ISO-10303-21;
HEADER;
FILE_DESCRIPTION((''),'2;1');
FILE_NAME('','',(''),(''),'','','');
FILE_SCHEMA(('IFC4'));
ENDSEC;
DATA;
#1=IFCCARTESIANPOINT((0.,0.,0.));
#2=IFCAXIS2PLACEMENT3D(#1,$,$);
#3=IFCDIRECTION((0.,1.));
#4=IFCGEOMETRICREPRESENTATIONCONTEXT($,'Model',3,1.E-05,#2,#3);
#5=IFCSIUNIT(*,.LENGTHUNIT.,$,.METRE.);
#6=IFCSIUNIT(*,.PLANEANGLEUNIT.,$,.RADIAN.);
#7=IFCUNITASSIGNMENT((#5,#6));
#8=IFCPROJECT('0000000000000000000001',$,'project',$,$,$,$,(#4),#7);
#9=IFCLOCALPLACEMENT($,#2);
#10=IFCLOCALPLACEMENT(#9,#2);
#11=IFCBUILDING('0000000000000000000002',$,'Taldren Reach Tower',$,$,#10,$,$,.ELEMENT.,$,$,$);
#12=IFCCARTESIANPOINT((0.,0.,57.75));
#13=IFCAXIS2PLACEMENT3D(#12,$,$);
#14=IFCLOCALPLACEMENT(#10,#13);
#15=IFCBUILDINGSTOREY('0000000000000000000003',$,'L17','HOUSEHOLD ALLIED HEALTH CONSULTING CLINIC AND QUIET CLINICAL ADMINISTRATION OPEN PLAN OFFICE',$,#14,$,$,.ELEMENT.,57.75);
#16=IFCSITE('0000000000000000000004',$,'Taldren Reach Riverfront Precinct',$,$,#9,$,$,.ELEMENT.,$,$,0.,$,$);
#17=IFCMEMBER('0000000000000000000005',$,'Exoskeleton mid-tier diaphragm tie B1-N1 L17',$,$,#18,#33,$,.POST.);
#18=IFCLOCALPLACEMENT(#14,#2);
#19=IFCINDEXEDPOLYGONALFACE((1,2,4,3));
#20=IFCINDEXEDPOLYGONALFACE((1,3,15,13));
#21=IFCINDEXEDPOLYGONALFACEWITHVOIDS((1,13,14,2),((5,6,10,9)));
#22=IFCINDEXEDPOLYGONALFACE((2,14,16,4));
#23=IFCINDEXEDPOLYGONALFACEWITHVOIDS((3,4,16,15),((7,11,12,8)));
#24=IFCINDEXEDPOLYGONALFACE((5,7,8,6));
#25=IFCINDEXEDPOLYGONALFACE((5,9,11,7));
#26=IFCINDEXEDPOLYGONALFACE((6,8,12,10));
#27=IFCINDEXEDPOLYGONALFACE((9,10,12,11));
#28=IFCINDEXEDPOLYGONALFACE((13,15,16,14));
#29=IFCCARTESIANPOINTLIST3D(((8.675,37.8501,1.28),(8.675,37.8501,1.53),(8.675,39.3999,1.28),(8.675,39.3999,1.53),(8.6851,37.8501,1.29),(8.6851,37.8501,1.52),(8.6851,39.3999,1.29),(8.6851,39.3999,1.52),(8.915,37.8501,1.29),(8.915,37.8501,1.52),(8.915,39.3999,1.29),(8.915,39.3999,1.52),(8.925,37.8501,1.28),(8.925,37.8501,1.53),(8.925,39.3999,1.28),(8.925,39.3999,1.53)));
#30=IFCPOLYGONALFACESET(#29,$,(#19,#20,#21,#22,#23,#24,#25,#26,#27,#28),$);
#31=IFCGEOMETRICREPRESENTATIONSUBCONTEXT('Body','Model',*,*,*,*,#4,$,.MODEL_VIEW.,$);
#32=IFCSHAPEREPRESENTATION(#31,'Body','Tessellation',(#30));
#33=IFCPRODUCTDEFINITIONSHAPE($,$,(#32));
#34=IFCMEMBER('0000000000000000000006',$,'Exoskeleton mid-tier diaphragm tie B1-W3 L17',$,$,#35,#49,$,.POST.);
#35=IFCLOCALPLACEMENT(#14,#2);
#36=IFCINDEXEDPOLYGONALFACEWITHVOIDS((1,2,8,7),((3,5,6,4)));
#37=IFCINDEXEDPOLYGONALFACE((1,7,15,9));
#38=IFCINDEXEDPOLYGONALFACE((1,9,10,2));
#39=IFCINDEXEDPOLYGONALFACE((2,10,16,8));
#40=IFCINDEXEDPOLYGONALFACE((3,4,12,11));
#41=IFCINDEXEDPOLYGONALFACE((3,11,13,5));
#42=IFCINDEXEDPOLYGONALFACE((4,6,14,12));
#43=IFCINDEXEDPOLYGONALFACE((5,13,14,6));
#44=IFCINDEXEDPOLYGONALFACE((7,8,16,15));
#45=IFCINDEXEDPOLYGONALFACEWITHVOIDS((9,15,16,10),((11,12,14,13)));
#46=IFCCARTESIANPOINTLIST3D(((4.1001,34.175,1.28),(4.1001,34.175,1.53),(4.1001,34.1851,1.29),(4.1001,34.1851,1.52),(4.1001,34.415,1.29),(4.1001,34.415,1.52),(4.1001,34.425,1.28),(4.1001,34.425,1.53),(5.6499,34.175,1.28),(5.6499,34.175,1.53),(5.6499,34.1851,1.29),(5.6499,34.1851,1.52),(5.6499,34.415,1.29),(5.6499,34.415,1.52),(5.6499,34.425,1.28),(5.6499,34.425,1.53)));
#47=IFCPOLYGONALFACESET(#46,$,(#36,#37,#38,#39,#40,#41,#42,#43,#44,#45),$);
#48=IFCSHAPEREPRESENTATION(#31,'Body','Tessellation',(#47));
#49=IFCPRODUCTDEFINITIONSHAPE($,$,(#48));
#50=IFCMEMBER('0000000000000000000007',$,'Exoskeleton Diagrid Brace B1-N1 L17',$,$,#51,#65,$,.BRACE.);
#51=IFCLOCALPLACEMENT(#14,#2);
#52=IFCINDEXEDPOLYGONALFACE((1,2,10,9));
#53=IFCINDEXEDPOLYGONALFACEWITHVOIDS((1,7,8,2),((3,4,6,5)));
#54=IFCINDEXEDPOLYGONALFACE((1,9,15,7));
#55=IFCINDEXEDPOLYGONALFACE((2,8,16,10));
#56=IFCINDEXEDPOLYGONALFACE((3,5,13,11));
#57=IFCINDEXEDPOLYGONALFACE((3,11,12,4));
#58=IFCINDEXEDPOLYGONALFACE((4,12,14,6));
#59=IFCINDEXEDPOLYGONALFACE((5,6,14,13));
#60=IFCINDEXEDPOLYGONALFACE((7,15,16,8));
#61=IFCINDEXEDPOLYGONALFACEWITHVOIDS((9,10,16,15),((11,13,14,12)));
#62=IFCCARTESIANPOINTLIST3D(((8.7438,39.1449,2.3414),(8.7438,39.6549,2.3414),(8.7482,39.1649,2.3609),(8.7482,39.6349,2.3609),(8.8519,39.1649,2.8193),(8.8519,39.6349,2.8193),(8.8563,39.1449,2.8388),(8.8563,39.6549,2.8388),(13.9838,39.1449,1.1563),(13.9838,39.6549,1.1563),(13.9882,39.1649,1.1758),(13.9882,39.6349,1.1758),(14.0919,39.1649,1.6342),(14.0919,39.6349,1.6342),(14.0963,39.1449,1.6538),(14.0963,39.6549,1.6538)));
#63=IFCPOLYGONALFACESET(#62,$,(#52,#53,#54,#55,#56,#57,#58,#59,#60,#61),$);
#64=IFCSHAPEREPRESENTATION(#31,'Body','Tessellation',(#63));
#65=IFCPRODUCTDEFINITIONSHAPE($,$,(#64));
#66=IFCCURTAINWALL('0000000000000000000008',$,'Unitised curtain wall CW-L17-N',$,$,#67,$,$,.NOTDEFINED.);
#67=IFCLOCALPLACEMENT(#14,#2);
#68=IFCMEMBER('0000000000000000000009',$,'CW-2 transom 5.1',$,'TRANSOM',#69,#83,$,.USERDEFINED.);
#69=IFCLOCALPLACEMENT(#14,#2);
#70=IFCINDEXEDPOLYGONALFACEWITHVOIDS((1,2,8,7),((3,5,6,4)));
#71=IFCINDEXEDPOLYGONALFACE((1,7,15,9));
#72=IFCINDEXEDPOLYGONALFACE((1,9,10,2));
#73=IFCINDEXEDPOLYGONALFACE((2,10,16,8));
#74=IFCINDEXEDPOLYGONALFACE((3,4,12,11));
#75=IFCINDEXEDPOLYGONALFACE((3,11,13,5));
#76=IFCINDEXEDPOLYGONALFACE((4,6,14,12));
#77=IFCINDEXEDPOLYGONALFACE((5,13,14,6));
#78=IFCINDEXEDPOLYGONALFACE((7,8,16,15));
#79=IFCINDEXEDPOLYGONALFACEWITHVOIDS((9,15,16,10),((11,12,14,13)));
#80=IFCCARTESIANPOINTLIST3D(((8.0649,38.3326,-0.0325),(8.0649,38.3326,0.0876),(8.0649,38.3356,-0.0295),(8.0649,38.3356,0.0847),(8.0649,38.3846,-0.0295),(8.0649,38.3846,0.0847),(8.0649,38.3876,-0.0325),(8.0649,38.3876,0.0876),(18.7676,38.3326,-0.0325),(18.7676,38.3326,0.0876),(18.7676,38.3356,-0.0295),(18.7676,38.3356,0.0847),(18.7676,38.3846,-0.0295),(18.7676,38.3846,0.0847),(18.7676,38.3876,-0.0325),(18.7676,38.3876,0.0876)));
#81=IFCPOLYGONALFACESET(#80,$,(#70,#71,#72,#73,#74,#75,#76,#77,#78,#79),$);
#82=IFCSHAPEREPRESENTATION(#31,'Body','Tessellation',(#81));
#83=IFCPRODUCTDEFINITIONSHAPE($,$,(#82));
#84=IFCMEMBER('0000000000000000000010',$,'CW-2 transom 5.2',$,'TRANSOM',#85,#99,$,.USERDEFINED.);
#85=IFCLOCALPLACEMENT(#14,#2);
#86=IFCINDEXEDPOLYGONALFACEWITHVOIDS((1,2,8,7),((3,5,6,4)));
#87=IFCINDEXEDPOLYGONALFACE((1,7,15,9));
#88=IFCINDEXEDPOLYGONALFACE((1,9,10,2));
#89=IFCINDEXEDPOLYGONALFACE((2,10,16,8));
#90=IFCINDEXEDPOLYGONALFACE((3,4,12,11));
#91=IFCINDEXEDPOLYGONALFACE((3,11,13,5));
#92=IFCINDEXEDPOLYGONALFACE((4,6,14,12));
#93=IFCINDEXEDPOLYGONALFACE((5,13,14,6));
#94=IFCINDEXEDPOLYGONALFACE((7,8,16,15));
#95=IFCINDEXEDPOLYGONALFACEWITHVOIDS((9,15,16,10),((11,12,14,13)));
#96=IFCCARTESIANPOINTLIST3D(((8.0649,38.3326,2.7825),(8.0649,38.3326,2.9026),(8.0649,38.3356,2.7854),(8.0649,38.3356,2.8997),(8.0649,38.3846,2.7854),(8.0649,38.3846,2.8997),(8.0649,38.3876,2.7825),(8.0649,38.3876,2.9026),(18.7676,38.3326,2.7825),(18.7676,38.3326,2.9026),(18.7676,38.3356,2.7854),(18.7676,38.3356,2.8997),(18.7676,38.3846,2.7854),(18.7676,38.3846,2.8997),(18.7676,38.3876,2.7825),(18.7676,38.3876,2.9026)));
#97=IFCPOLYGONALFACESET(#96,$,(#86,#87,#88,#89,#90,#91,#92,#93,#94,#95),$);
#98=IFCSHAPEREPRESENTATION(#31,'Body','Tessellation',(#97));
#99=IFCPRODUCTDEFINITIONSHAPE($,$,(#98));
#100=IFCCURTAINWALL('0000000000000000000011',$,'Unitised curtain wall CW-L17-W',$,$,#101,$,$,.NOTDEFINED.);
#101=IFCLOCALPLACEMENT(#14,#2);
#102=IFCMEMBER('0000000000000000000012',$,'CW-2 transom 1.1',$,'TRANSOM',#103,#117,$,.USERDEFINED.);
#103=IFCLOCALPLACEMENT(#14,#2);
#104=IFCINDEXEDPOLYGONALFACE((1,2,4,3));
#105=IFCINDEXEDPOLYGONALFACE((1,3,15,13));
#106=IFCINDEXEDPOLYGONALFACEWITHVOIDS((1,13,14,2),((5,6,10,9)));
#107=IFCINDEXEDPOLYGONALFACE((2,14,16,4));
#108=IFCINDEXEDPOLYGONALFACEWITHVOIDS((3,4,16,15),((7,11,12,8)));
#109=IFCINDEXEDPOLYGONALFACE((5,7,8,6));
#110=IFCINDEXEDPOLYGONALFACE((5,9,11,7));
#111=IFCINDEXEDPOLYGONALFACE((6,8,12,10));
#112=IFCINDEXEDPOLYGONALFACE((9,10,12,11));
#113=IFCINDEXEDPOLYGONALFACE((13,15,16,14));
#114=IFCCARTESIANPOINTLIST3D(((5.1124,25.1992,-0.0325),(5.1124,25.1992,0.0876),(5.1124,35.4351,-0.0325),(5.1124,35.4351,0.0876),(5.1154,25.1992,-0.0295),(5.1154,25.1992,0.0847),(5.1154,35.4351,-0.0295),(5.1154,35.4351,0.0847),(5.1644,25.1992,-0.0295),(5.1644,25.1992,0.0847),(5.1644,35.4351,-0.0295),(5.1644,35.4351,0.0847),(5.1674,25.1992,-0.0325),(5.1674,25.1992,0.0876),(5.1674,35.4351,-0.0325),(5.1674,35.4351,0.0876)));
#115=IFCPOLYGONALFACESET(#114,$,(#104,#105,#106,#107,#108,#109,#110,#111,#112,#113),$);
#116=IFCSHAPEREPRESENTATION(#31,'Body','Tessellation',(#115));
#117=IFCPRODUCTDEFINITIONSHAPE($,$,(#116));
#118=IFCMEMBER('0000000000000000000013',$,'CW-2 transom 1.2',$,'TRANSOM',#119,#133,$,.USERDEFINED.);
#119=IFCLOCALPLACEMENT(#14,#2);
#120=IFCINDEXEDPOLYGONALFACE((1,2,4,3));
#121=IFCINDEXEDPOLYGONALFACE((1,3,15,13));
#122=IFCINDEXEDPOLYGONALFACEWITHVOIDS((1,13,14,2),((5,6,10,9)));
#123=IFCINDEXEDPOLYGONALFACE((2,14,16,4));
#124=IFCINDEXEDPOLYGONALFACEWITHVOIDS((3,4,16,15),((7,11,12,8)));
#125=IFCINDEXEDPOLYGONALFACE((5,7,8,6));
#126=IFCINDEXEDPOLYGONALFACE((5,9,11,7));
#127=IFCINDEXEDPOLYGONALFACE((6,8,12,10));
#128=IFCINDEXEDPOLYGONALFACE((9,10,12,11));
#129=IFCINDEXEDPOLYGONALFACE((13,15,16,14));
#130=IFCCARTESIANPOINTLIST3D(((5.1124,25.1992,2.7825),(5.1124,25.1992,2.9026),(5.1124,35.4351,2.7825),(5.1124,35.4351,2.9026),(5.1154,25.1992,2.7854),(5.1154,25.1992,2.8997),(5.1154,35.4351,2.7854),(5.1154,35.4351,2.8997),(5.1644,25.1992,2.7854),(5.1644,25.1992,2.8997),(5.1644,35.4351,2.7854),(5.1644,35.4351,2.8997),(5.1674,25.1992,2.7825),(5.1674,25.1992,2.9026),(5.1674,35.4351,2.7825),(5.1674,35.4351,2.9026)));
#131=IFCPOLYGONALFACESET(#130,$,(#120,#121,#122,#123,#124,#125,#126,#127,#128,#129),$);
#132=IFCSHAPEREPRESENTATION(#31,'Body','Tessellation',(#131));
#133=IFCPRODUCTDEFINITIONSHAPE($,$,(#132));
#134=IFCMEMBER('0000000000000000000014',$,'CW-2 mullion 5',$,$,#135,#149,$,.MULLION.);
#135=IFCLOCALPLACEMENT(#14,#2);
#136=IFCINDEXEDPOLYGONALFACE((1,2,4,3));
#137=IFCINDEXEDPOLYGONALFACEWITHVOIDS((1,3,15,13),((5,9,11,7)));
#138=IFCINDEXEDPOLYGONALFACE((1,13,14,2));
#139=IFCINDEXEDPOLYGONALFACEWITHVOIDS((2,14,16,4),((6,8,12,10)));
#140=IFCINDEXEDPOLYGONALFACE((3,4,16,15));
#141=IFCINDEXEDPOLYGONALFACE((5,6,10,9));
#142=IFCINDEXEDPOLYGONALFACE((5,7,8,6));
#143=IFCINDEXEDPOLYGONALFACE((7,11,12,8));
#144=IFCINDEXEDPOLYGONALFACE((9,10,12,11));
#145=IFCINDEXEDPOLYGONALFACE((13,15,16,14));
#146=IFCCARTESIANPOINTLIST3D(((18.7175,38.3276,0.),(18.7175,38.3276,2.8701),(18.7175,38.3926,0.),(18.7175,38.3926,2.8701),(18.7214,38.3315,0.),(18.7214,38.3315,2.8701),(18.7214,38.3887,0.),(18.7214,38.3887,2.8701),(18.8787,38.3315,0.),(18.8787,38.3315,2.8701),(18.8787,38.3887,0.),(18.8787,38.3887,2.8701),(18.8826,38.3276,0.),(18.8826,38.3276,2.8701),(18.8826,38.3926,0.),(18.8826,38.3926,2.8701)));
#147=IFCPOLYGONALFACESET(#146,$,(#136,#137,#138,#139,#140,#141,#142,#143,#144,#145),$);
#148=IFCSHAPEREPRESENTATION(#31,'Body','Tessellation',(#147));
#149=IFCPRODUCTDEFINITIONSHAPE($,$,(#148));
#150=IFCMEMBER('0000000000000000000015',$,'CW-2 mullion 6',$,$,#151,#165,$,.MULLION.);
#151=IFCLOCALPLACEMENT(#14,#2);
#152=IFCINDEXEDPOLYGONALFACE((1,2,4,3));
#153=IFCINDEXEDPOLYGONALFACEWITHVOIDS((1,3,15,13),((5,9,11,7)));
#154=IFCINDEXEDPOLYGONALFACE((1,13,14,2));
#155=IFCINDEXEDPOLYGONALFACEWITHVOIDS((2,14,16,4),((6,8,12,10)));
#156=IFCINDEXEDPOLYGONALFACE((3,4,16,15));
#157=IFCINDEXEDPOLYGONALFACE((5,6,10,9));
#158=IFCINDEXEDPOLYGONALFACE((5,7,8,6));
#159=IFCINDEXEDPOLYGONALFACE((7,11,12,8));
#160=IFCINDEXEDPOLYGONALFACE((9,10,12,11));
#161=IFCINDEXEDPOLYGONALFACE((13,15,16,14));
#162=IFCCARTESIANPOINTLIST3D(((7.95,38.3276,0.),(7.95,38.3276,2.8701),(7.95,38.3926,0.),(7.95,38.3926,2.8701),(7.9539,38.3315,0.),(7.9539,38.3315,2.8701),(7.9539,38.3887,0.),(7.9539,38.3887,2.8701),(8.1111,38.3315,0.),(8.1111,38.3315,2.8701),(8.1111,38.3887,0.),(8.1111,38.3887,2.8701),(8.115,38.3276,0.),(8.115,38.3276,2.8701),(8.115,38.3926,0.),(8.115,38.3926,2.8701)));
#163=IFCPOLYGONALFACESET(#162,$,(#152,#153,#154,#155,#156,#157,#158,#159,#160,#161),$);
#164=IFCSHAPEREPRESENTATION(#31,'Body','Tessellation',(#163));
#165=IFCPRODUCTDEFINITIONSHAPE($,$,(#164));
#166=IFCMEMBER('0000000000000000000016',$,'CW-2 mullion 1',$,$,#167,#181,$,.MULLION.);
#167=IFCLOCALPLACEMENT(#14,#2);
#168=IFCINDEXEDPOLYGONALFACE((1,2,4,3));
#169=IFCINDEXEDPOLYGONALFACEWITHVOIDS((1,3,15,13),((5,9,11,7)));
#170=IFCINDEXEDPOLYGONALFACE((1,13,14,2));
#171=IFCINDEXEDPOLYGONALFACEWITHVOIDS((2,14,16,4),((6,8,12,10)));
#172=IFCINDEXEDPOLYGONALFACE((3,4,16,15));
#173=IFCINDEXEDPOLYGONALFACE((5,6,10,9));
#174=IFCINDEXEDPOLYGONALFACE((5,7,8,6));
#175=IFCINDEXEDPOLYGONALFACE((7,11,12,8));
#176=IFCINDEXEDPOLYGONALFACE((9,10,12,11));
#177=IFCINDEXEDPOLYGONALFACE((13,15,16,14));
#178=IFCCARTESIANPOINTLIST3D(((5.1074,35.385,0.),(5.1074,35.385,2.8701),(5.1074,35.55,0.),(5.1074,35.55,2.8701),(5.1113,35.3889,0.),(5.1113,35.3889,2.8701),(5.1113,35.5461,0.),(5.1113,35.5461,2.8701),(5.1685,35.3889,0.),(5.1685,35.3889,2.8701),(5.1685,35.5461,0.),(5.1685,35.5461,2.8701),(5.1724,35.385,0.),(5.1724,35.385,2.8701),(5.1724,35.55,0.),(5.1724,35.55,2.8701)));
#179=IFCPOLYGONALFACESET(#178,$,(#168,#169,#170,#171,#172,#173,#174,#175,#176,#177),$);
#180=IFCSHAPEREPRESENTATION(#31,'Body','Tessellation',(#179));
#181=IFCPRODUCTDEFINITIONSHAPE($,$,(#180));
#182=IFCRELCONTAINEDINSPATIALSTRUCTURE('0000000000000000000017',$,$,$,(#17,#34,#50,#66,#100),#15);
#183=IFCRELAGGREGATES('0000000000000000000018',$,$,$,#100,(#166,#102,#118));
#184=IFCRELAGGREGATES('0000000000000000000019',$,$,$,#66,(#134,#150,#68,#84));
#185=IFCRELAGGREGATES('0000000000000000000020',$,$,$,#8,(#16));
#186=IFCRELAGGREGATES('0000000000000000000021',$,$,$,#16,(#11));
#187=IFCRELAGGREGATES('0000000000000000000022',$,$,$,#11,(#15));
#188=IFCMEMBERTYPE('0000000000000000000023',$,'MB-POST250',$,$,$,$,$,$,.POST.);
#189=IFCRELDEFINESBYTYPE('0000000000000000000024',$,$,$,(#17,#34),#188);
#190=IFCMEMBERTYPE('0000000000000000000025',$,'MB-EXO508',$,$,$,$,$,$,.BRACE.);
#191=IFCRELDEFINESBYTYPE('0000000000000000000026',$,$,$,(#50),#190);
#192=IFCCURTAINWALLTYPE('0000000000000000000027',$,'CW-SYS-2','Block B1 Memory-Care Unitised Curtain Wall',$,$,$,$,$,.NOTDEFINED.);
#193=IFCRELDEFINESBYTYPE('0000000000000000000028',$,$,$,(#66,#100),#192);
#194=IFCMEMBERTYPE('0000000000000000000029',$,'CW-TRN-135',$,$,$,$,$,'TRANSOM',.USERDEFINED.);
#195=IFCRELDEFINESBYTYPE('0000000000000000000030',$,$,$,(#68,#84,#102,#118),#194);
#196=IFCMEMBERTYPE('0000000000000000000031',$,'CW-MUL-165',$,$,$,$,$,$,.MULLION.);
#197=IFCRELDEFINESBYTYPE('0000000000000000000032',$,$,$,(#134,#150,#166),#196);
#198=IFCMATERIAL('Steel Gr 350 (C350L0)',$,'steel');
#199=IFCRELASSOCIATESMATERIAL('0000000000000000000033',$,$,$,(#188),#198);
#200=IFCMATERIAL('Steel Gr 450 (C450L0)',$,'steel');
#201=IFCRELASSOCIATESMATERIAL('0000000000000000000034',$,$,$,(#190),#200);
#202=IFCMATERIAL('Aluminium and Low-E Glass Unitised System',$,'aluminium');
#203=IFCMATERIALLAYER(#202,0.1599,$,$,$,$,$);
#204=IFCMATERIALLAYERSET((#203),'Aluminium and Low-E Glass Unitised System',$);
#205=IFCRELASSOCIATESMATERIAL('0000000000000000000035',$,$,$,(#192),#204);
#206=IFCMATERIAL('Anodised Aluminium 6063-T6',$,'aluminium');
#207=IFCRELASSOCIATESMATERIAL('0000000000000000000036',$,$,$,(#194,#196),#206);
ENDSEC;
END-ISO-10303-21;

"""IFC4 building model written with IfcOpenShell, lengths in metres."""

from ifc_helpers import new_model, si_unit, direction, frame, origin, origin_2d, place, context, subcontext, project, spatial, hollow_rectangle, extrude, source, transform, mapped, material, layer, layer_set, material_profile, profile_set, type_object, element, aggregate, save


model = new_model("IFC4")

# Units and contexts
model_context = context("Model", 3, precision=1e-05, world=origin(), true_north=direction((0.0, 1.0)))
body_context = subcontext(model_context, "Body", "Model", "MODEL_VIEW")
ifc_project = project(units=[si_unit("LENGTHUNIT", "METRE"), si_unit("PLANEANGLEUNIT", "RADIAN")], contexts=[model_context])

# Site, building, storey
site_placement = place(None, origin())
site = spatial("IfcSite", under=ifc_project, at=site_placement, Name="Taldren Reach Riverfront Precinct", CompositionType="ELEMENT", RefElevation=0.0)
building_placement = place(site_placement, origin())
building = spatial("IfcBuilding", under=site, at=building_placement, Name="Taldren Reach Tower", CompositionType="ELEMENT")
storey_placement = place(building_placement, frame((0.0, 0.0, 57.75)))
storey = spatial("IfcBuildingStorey", under=building, at=storey_placement, Name="L17", Description="HOUSEHOLD ALLIED HEALTH CONSULTING CLINIC AND QUIET CLINICAL ADMINISTRATION OPEN PLAN OFFICE", CompositionType="ELEMENT", Elevation=57.75)

# Members
ifc_material_1 = material(Name="Steel Gr 450 (C450L0)", Category="steel")
ifc_material_2 = material(Name="Steel Gr 350 (C350L0)", Category="steel")
ifc_material_profile_1 = material_profile(ifc_material_2, hollow_rectangle(XDim=0.25, YDim=0.25, WallThickness=0.01, at=origin_2d()), Name="250x250x10.0SHS")
ifc_profile_set_1 = profile_set([ifc_material_profile_1], Name="Steel Gr 350 (C350L0)")
member_type_1 = type_object("IfcMemberType", Name="MB-POST250", PredefinedType="POST", material=ifc_profile_set_1)
shared_shape_1 = source(origin(), body_context, "Body", "SweptSolid", [
    extrude(hollow_rectangle(XDim=0.25, YDim=0.25, WallThickness=0.01, at=origin_2d()), origin(), (0.0, 0.0, 1.0), 1.5498),
])
for number, where, z_axis, x_axis, name in (
    (1, (8.8, 37.8501, 1.405), (0.0, 1.0, 0.0), (-1.0, 0.0, 0.0), "Exoskeleton mid-tier diaphragm tie B1-N1 L17"),
    (2, (5.6499, 34.3, 1.405), (-1.0, 0.0, 0.0), (0.0, -1.0, 0.0), "Exoskeleton mid-tier diaphragm tie B1-W3 L17"),
):
    element("IfcMember", number, at=place(storey_placement, frame(where, z_axis=z_axis, x_axis=x_axis)), inside=storey, type_object=member_type_1, Name=name, PredefinedType="POST", context=body_context, shape_type="MappedRepresentation", body=[
        mapped(shared_shape_1, transform((0.0, 0.0, 0.0), scale=1.0)),
    ])
ifc_material_profile_2 = material_profile(ifc_material_1, hollow_rectangle(XDim=0.51, YDim=0.51, WallThickness=0.02, at=origin_2d()), Name="510x510x20.0SHS")
ifc_profile_set_2 = profile_set([ifc_material_profile_2], Name="Steel Gr 450 (C450L0)")
member_type_2 = type_object("IfcMemberType", Name="MB-EXO508", PredefinedType="BRACE", material=ifc_profile_set_2)
shared_shape_2 = source(origin(), body_context, "Body", "SweptSolid", [
    extrude(hollow_rectangle(XDim=0.51, YDim=0.51, WallThickness=0.02, at=origin_2d()), origin(), (0.0, 0.0, 1.0), 5.3723),
])
member_1_placement = place(storey_placement, frame((14.04, 39.3999, 1.405), z_axis=(-0.975368, 0.0, 0.220586), x_axis=(0.0, -1.0, 0.0)))
element("IfcMember", 3, at=member_1_placement, inside=storey, type_object=member_type_2, Name="Exoskeleton Diagrid Brace B1-N1 L17", PredefinedType="BRACE", context=body_context, shape_type="MappedRepresentation", body=[
    mapped(shared_shape_2, transform((0.0, 0.0, 0.0), scale=1.0)),
])

# Curtain walls, members
ifc_material_3 = material(Name="Aluminium and Low-E Glass Unitised System", Category="aluminium")
ifc_layer_1 = layer(ifc_material_3, 0.1599)
ifc_layer_set_1 = layer_set([ifc_layer_1], Name="Aluminium and Low-E Glass Unitised System")
curtain_wall_type = type_object("IfcCurtainWallType", Name="CW-SYS-2", Description="Block B1 Memory-Care Unitised Curtain Wall", PredefinedType="NOTDEFINED", material=ifc_layer_set_1)
curtain_wall_1_placement = place(storey_placement, origin())
curtain_wall_1 = element("IfcCurtainWall", 4, at=curtain_wall_1_placement, inside=storey, type_object=curtain_wall_type, Name="Unitised curtain wall CW-L17-N", PredefinedType="NOTDEFINED")
ifc_material_4 = material(Name="Anodised Aluminium 6063-T6", Category="aluminium")
ifc_material_profile_3 = material_profile(ifc_material_4, hollow_rectangle(XDim=0.0549, YDim=0.1201, WallThickness=0.0029, at=origin_2d()), Name="ALU-120x55x3RHS")
ifc_profile_set_3 = profile_set([ifc_material_profile_3], Name="Anodised Aluminium 6063-T6")
member_type_3 = type_object("IfcMemberType", Name="CW-TRN-135", ElementType="TRANSOM", PredefinedType="USERDEFINED", material=ifc_profile_set_3)
shared_shape_3 = source(origin(), body_context, "Body", "SweptSolid", [
    extrude(hollow_rectangle(XDim=0.0549, YDim=0.1201, WallThickness=0.0029, at=origin_2d()), origin(), (0.0, 0.0, 1.0), 10.7026),
])
member_2_placement = place(storey_placement, frame((18.7676, 38.3601, 0.0276), z_axis=(-1.0, 0.0, 0.0), x_axis=(0.0, -1.0, 0.0)))
member_2 = element("IfcMember", 5, at=member_2_placement, type_object=member_type_3, Name="CW-2 transom 5.1", ObjectType="TRANSOM", PredefinedType="USERDEFINED", context=body_context, shape_type="MappedRepresentation", body=[
    mapped(shared_shape_3, transform((0.0, 0.0, 0.0), scale=1.0)),
])
member_3_placement = place(storey_placement, frame((18.7676, 38.3601, 2.8425), z_axis=(-1.0, 0.0, 0.0), x_axis=(0.0, -1.0, 0.0)))
member_3 = element("IfcMember", 6, at=member_3_placement, type_object=member_type_3, Name="CW-2 transom 5.2", ObjectType="TRANSOM", PredefinedType="USERDEFINED", context=body_context, shape_type="MappedRepresentation", body=[
    mapped(shared_shape_3, transform((0.0, 0.0, 0.0), scale=1.0)),
])
curtain_wall_2_placement = place(storey_placement, origin())
curtain_wall_2 = element("IfcCurtainWall", 7, at=curtain_wall_2_placement, inside=storey, type_object=curtain_wall_type, Name="Unitised curtain wall CW-L17-W", PredefinedType="NOTDEFINED")
shared_shape_4 = source(origin(), body_context, "Body", "SweptSolid", [
    extrude(hollow_rectangle(XDim=0.0549, YDim=0.1201, WallThickness=0.0029, at=origin_2d()), origin(), (0.0, 0.0, 1.0), 10.2358),
])
member_4_placement = place(storey_placement, frame((5.1399, 35.4351, 0.0276), z_axis=(0.0, -1.0, 0.0), x_axis=(1.0, 0.0, 0.0)))
member_4 = element("IfcMember", 8, at=member_4_placement, type_object=member_type_3, Name="CW-2 transom 1.1", ObjectType="TRANSOM", PredefinedType="USERDEFINED", context=body_context, shape_type="MappedRepresentation", body=[
    mapped(shared_shape_4, transform((0.0, 0.0, 0.0), scale=1.0)),
])
member_5_placement = place(storey_placement, frame((5.1399, 35.4351, 2.8425), z_axis=(0.0, -1.0, 0.0), x_axis=(1.0, 0.0, 0.0)))
member_5 = element("IfcMember", 9, at=member_5_placement, type_object=member_type_3, Name="CW-2 transom 1.2", ObjectType="TRANSOM", PredefinedType="USERDEFINED", context=body_context, shape_type="MappedRepresentation", body=[
    mapped(shared_shape_4, transform((0.0, 0.0, 0.0), scale=1.0)),
])

# Members
ifc_material_profile_4 = material_profile(ifc_material_4, hollow_rectangle(XDim=0.0649, YDim=0.165, WallThickness=0.0039, at=origin_2d()), Name="ALU-165x65x4RHS")
ifc_profile_set_4 = profile_set([ifc_material_profile_4], Name="Anodised Aluminium 6063-T6")
member_type_4 = type_object("IfcMemberType", Name="CW-MUL-165", PredefinedType="MULLION", material=ifc_profile_set_4)
shared_shape_5 = source(origin(), body_context, "Body", "SweptSolid", [
    extrude(hollow_rectangle(XDim=0.0649, YDim=0.165, WallThickness=0.0039, at=origin_2d()), origin(), (0.0, 0.0, 1.0), 2.8701),
])
member_6_placement = place(storey_placement, frame((18.8, 38.3601, 0.0), z_axis=(0.0, 0.0, 1.0), x_axis=(0.0, -1.0, 0.0)))
member_6 = element("IfcMember", 10, at=member_6_placement, type_object=member_type_4, Name="CW-2 mullion 5", PredefinedType="MULLION", context=body_context, shape_type="MappedRepresentation", body=[
    mapped(shared_shape_5, transform((0.0, 0.0, 0.0), scale=1.0)),
])
member_7_placement = place(storey_placement, frame((8.0325, 38.3601, 0.0), z_axis=(0.0, 0.0, 1.0), x_axis=(0.0, -1.0, 0.0)))
member_7 = element("IfcMember", 11, at=member_7_placement, type_object=member_type_4, Name="CW-2 mullion 6", PredefinedType="MULLION", context=body_context, shape_type="MappedRepresentation", body=[
    mapped(shared_shape_5, transform((0.0, 0.0, 0.0), scale=1.0)),
])
member_8_placement = place(storey_placement, frame((5.1399, 35.4675, 0.0), z_axis=(0.0, 0.0, 1.0), x_axis=(1.0, 0.0, 0.0)))
member_8 = element("IfcMember", 12, at=member_8_placement, type_object=member_type_4, Name="CW-2 mullion 1", PredefinedType="MULLION", context=body_context, shape_type="MappedRepresentation", body=[
    mapped(shared_shape_5, transform((0.0, 0.0, 0.0), scale=1.0)),
])
aggregate(curtain_wall_2, [member_8, member_4, member_5])

aggregate(curtain_wall_1, [member_6, member_7, member_2, member_3])

save(model, "model.ifc")
